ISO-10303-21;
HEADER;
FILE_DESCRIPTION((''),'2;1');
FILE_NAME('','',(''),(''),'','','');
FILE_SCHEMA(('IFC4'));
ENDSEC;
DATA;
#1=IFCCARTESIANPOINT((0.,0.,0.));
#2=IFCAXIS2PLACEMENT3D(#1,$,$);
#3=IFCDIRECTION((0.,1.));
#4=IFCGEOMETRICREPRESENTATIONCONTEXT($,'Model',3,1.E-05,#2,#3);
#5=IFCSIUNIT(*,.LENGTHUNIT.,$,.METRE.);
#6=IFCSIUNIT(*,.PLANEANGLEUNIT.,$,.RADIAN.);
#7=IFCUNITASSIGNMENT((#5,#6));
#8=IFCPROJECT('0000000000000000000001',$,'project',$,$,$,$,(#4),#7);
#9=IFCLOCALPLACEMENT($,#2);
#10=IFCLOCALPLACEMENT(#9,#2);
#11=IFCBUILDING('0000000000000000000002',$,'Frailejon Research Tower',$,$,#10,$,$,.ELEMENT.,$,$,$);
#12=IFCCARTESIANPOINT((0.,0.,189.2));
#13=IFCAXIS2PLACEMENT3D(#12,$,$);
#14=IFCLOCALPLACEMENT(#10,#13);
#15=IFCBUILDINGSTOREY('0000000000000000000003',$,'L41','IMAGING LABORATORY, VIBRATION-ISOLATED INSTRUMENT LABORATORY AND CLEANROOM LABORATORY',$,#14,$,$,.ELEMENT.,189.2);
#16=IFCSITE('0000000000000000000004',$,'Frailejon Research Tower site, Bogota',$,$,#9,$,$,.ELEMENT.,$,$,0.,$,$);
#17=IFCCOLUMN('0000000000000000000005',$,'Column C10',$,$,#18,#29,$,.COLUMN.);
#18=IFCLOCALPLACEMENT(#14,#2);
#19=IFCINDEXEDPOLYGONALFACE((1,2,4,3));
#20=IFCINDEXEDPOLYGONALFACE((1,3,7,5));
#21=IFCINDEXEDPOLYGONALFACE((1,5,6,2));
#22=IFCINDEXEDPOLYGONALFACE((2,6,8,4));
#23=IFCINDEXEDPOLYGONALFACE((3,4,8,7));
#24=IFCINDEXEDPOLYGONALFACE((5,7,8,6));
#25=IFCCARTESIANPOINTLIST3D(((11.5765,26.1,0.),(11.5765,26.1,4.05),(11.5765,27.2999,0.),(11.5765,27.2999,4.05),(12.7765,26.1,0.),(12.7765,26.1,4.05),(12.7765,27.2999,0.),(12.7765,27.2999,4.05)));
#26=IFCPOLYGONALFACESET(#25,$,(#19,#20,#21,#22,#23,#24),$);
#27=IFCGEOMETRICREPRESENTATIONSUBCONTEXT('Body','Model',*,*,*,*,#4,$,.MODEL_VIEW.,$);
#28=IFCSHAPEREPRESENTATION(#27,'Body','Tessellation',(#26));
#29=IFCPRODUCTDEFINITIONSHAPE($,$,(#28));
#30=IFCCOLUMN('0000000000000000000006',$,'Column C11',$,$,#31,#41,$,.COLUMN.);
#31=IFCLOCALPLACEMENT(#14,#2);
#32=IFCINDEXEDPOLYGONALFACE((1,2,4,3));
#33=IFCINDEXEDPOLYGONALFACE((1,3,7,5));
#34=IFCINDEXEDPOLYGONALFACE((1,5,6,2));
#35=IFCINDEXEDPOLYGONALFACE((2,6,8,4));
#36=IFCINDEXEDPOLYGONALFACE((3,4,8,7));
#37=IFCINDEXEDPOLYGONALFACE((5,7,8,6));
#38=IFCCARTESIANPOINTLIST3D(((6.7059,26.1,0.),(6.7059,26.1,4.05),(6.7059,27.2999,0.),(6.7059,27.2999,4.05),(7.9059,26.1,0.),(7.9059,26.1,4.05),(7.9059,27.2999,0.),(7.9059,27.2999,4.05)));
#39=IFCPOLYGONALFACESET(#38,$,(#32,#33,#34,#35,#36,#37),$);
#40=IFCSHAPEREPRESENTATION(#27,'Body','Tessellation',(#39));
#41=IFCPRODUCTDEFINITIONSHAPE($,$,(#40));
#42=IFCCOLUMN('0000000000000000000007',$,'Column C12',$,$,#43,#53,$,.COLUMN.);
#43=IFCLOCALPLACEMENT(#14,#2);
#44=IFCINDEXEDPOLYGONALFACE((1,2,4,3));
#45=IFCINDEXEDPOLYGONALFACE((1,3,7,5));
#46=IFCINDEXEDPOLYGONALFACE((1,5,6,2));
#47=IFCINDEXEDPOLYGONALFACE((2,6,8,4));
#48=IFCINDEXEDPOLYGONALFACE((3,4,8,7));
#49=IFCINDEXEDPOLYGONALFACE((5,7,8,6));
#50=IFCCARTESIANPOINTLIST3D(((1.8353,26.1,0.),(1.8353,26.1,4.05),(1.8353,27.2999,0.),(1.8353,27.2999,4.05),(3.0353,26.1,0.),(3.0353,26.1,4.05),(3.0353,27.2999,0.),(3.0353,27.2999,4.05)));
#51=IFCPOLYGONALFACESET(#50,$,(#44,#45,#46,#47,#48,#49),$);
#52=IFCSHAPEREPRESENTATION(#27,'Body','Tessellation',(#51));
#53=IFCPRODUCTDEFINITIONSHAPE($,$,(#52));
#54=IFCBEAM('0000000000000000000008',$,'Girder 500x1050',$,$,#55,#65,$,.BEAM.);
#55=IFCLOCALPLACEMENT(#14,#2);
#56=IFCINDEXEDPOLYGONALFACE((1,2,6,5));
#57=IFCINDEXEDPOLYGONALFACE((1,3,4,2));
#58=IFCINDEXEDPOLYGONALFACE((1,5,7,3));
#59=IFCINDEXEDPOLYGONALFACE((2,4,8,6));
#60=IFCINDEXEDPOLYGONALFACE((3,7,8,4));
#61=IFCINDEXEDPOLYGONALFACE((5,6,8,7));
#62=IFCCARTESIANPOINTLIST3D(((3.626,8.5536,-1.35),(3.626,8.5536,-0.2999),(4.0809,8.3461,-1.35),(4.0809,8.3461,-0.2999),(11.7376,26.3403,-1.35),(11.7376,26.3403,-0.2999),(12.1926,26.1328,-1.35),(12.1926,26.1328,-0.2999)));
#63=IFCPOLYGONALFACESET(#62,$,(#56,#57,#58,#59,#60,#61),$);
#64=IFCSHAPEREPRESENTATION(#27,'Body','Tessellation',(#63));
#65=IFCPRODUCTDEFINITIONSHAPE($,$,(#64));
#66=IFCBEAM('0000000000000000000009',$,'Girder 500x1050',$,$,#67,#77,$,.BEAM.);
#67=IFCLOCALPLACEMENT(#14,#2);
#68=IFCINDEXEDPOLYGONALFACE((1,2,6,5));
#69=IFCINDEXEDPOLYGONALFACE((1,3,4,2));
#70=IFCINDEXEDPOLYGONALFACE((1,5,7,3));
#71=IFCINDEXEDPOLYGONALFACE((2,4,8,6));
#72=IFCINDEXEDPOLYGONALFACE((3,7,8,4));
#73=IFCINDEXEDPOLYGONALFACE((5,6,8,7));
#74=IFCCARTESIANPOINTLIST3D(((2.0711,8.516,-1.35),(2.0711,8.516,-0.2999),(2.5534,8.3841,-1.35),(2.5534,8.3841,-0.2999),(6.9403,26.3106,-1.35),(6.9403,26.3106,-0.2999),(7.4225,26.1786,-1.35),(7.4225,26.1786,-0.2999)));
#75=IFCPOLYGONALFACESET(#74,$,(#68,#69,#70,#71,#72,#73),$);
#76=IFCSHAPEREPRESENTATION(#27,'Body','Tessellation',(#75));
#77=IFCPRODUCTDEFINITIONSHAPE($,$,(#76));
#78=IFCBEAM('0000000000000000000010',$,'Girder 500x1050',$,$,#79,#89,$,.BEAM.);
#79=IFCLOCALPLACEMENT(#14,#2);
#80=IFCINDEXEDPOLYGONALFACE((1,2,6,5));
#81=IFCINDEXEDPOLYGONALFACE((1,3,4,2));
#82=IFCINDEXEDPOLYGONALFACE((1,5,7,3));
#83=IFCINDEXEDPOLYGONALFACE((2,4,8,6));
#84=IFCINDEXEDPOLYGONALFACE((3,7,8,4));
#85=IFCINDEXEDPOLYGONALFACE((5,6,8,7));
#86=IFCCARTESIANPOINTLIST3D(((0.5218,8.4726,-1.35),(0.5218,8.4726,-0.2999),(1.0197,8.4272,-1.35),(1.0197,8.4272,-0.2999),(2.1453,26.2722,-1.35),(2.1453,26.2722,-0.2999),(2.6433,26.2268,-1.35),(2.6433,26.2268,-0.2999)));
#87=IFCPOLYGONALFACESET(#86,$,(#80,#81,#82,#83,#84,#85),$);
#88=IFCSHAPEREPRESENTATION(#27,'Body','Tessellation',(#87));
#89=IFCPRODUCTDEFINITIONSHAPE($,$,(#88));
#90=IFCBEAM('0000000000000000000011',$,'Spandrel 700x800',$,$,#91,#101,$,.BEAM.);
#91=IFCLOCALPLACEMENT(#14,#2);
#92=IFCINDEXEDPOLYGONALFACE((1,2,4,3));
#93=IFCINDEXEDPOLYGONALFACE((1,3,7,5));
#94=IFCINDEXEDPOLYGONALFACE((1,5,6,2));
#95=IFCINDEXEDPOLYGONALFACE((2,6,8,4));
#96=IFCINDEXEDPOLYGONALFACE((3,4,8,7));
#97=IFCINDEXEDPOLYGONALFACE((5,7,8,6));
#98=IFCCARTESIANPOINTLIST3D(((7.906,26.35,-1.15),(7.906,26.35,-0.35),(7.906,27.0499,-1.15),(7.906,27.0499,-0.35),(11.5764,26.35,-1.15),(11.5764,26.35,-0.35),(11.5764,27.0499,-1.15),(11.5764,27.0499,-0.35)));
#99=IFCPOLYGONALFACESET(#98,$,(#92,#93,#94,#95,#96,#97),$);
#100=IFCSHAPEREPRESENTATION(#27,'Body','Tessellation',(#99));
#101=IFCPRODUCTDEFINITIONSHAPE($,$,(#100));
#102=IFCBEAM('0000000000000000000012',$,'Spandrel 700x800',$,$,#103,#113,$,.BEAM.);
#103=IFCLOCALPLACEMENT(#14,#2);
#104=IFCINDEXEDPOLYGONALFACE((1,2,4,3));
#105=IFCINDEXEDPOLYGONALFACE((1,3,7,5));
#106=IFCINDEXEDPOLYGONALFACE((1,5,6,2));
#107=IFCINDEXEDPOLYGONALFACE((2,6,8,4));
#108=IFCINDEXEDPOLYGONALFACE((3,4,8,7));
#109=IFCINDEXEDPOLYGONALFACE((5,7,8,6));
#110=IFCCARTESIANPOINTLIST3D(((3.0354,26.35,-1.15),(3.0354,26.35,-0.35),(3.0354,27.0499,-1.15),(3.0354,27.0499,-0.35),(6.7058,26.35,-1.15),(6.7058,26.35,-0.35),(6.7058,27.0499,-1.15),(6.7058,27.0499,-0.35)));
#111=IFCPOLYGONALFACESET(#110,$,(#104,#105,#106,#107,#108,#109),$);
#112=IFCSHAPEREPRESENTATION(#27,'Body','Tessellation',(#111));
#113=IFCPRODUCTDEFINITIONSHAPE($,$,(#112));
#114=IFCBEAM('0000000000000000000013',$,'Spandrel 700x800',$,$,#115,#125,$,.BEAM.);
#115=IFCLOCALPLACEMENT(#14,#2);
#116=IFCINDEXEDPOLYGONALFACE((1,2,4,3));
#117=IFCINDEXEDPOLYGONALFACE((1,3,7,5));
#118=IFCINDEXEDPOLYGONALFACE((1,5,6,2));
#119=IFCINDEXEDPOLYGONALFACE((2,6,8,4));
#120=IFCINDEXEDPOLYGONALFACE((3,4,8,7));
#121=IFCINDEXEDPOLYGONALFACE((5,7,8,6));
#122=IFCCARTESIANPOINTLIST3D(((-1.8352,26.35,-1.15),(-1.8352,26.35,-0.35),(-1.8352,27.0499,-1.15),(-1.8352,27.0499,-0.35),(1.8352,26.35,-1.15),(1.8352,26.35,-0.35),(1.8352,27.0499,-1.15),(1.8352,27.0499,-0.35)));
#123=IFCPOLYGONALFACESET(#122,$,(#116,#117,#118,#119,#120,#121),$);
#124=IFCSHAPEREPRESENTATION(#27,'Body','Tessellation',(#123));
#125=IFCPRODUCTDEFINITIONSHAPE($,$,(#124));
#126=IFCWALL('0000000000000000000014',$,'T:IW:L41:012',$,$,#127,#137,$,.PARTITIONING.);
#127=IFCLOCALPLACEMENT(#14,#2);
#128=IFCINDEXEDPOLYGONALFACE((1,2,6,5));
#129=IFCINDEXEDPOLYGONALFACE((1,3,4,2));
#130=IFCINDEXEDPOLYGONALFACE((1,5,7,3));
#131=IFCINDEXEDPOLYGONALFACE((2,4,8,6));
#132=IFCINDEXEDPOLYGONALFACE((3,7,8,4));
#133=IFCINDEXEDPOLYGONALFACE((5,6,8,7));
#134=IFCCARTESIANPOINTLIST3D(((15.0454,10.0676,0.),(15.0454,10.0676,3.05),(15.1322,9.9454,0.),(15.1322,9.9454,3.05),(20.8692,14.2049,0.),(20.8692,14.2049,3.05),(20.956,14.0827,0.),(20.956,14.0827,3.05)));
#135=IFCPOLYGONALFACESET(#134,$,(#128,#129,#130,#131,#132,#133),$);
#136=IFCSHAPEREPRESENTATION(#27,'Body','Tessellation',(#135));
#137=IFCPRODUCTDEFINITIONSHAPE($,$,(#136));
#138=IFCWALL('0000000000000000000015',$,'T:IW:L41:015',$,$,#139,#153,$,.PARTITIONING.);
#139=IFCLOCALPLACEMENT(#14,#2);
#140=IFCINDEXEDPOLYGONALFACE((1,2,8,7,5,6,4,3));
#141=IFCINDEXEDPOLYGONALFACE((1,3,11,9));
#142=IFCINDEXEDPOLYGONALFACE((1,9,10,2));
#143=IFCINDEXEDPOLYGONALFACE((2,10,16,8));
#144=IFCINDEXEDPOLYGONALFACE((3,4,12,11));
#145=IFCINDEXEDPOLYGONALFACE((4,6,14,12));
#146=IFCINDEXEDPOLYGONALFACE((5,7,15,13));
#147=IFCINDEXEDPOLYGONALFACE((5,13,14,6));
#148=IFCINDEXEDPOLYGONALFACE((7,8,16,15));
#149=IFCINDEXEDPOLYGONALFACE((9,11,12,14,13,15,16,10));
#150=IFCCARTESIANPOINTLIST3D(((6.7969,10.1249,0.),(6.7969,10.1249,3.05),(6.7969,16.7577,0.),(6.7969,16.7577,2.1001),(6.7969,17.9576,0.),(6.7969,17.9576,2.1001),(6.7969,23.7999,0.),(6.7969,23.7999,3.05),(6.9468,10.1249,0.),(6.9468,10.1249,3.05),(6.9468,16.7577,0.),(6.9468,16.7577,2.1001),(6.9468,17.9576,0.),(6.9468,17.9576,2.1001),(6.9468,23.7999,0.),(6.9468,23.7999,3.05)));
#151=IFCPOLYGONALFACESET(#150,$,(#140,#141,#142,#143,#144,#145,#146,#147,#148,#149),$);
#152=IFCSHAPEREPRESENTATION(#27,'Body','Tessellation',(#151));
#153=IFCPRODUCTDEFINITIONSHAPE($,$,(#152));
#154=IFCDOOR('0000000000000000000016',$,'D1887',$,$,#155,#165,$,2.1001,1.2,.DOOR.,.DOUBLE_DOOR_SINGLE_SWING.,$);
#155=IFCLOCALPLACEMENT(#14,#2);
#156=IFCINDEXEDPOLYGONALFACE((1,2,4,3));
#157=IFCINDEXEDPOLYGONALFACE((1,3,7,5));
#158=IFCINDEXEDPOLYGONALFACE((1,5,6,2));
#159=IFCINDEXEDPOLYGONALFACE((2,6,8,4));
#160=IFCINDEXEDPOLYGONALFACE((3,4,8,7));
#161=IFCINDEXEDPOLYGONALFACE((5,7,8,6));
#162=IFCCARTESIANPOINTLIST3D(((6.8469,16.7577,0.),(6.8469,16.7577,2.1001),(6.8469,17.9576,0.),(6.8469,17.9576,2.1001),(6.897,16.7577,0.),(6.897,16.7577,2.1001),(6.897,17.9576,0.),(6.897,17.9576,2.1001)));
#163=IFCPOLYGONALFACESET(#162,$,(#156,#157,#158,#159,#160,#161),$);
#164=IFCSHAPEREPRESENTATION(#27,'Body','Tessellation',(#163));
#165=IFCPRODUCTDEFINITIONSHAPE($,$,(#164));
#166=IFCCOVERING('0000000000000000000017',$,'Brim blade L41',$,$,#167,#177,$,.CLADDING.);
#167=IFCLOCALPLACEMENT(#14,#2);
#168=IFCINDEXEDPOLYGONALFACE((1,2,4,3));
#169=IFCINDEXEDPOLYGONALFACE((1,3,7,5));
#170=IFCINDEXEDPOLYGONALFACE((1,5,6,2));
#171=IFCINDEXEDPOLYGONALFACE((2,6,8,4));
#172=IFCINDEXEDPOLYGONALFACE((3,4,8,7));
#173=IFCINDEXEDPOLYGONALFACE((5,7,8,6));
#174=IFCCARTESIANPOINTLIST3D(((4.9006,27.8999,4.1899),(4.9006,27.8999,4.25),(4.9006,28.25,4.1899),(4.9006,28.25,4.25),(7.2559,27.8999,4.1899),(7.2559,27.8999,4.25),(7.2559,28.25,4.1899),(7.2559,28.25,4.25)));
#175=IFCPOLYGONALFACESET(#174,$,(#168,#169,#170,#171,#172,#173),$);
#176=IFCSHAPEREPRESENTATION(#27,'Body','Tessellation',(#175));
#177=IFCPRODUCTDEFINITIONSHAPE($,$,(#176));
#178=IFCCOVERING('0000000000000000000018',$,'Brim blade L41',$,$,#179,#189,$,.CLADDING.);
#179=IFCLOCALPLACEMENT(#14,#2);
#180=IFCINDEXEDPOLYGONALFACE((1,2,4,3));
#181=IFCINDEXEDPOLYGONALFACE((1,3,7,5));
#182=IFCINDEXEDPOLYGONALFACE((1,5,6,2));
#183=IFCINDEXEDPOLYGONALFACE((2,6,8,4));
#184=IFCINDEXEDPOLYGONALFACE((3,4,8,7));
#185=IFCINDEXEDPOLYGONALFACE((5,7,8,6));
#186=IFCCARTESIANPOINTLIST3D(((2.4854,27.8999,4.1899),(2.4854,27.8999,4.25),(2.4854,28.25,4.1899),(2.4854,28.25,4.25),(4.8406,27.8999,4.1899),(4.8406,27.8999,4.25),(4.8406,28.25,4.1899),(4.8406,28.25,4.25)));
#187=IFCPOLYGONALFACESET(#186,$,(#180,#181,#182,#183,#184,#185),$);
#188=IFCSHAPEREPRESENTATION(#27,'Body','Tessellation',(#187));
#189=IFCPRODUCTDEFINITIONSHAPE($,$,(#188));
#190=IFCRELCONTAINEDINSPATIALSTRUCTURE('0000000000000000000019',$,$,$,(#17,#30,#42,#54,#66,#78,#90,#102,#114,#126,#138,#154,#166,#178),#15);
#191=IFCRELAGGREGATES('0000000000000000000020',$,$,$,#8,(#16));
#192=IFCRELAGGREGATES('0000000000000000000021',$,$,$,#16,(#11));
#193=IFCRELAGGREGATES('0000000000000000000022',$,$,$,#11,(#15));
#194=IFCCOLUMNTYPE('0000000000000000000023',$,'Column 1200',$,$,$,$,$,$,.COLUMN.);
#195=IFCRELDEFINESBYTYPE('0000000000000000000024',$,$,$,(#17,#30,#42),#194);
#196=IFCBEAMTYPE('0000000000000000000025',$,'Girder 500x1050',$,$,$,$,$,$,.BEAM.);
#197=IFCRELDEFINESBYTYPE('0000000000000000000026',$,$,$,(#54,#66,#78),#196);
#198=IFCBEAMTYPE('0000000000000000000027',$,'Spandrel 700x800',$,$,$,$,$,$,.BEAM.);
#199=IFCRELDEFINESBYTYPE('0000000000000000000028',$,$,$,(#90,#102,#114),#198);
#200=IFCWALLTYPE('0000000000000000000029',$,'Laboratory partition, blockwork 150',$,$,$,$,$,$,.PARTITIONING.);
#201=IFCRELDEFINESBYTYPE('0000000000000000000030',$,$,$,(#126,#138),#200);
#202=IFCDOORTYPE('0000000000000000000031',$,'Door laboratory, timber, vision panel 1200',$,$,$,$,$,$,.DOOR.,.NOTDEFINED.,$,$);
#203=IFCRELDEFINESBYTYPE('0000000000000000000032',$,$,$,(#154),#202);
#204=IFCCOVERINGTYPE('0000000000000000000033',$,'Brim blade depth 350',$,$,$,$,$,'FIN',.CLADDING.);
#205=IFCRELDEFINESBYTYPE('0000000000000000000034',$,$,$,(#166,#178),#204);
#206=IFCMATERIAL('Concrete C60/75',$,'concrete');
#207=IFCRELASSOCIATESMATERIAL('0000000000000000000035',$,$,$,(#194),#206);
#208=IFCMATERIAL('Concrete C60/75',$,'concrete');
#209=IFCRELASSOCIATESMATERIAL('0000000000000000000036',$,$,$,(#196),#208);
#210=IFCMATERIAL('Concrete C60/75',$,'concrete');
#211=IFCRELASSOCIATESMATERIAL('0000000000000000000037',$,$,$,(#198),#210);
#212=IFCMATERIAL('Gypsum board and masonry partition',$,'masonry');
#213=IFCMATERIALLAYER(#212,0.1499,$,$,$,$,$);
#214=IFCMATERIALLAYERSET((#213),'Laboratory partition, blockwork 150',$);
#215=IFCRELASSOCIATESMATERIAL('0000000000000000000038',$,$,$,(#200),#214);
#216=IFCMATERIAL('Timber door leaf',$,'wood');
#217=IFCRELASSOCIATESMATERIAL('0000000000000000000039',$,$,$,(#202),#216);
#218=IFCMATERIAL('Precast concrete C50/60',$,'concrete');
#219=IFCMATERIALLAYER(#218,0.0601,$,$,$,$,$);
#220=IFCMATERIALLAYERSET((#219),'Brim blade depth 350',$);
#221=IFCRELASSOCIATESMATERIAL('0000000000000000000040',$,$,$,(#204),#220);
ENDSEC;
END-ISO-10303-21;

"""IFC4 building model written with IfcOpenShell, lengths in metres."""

from ifc_helpers import new_model, si_unit, direction, frame, frame_2d, origin, origin_2d, place, context, subcontext, project, spatial, polyline, rectangle, outline, extrude, material, layer, layer_set, material_profile, profile_set, type_object, element, fill, save


model = new_model("IFC4")

# Units and contexts
model_context = context("Model", 3, precision=1e-05, world=origin(), true_north=direction((0.0, 1.0)))
body_context = subcontext(model_context, "Body", "Model", "MODEL_VIEW")
ifc_project = project(units=[si_unit("LENGTHUNIT", "METRE"), si_unit("PLANEANGLEUNIT", "RADIAN")], contexts=[model_context])

# Site, building, storey
site_placement = place(None, origin())
site = spatial("IfcSite", under=ifc_project, at=site_placement, Name="Frailejon Research Tower site, Bogota", CompositionType="ELEMENT", RefElevation=0.0)
building_placement = place(site_placement, origin())
building = spatial("IfcBuilding", under=site, at=building_placement, Name="Frailejon Research Tower", CompositionType="ELEMENT")
storey_placement = place(building_placement, frame((0.0, 0.0, 189.2)))
storey = spatial("IfcBuildingStorey", under=building, at=storey_placement, Name="L41", Description="IMAGING LABORATORY, VIBRATION-ISOLATED INSTRUMENT LABORATORY AND CLEANROOM LABORATORY", CompositionType="ELEMENT", Elevation=189.2)

# Columns
ifc_material_1 = material(Name="Concrete C60/75", Category="concrete")
ifc_material_profile_1 = material_profile(ifc_material_1, rectangle(XDim=1.2, YDim=1.2, at=origin_2d()), Name="Column 1200")
ifc_profile_set_1 = profile_set([ifc_material_profile_1], Name="Concrete C60/75")
column_type = type_object("IfcColumnType", Name="Column 1200", PredefinedType="COLUMN", material=ifc_profile_set_1)
for number, where, z_axis, x_axis, name in (
    (1, (12.1765, 26.7, 0.0), (0.0, 0.0, 1.0), (-1.0, 0.0, 0.0), "Column C10"),
    (2, (7.3059, 26.7, 0.0), (0.0, 0.0, 1.0), (-1.0, 0.0, 0.0), "Column C11"),
    (3, (2.4353, 26.7, 0.0), (0.0, 0.0, 1.0), (-1.0, 0.0, 0.0), "Column C12"),
):
    element("IfcColumn", number, at=place(storey_placement, frame(where, z_axis=z_axis, x_axis=x_axis)), inside=storey, type_object=column_type, Name=name, PredefinedType="COLUMN", context=body_context, shape_type="SweptSolid", body=[
        extrude(rectangle(XDim=1.2, YDim=1.2, at=origin_2d()), origin(), (0.0, 0.0, 1.0), 4.05),
    ])

# Beams
ifc_material_2 = material(Name="Concrete C60/75", Category="concrete")
ifc_material_profile_2 = material_profile(ifc_material_2, rectangle(XDim=0.5, YDim=1.05, at=origin_2d()), Name="Girder 500x1050")
ifc_profile_set_2 = profile_set([ifc_material_profile_2], Name="Concrete C60/75")
beam_type_1 = type_object("IfcBeamType", Name="Girder 500x1050", PredefinedType="BEAM", material=ifc_profile_set_2)
beam_1_placement = place(storey_placement, frame((11.9651, 26.2366, -0.825), z_axis=(-0.414936, -0.90985, 0.0), x_axis=(0.90985, -0.414936, 0.0)))
element("IfcBeam", 4, at=beam_1_placement, inside=storey, type_object=beam_type_1, Name="Girder 500x1050", PredefinedType="BEAM", context=body_context, shape_type="SweptSolid", body=[
    extrude(rectangle(XDim=0.5, YDim=1.05, at=origin_2d()), origin(), (0.0, 0.0, 1.0), 19.5491),
])
beam_2_placement = place(storey_placement, frame((7.1814, 26.2446, -0.825), z_axis=(-0.263927, -0.964543, 0.0), x_axis=(0.964543, -0.263927, 0.0)))
element("IfcBeam", 5, at=beam_2_placement, inside=storey, type_object=beam_type_1, Name="Girder 500x1050", PredefinedType="BEAM", context=body_context, shape_type="SweptSolid", body=[
    extrude(rectangle(XDim=0.5, YDim=1.05, at=origin_2d()), origin(), (0.0, 0.0, 1.0), 18.4487),
])
beam_3_placement = place(storey_placement, frame((2.3943, 26.2495, -0.825), z_axis=(-0.090835, -0.995866, 0.0), x_axis=(0.995866, -0.090835, 0.0)))
element("IfcBeam", 6, at=beam_3_placement, inside=storey, type_object=beam_type_1, Name="Girder 500x1050", PredefinedType="BEAM", context=body_context, shape_type="SweptSolid", body=[
    extrude(rectangle(XDim=0.5, YDim=1.05, at=origin_2d()), origin(), (0.0, 0.0, 1.0), 17.8735),
])
ifc_material_3 = material(Name="Concrete C60/75", Category="concrete")
ifc_material_profile_3 = material_profile(ifc_material_3, rectangle(XDim=0.7, YDim=0.8, at=origin_2d()), Name="Spandrel 700x800")
ifc_profile_set_3 = profile_set([ifc_material_profile_3], Name="Concrete C60/75")
beam_type_2 = type_object("IfcBeamType", Name="Spandrel 700x800", PredefinedType="BEAM", material=ifc_profile_set_3)
for number, where, z_axis, x_axis, name in (
    (7, (11.5764, 26.7, -0.75), (-1.0, 0.0, 0.0), (0.0, -1.0, 0.0), "Spandrel 700x800"),
    (8, (6.7058, 26.7, -0.75), (-1.0, 0.0, 0.0), (0.0, -1.0, 0.0), "Spandrel 700x800"),
    (9, (1.8352, 26.7, -0.75), (-1.0, 0.0, 0.0), (0.0, -1.0, 0.0), "Spandrel 700x800"),
):
    element("IfcBeam", number, at=place(storey_placement, frame(where, z_axis=z_axis, x_axis=x_axis)), inside=storey, type_object=beam_type_2, Name=name, PredefinedType="BEAM", context=body_context, shape_type="SweptSolid", body=[
        extrude(rectangle(XDim=0.7, YDim=0.8, at=origin_2d()), origin(), (0.0, 0.0, 1.0), 3.6704),
    ])

# Wall
ifc_material_4 = material(Name="Gypsum board and masonry partition", Category="masonry")
ifc_layer_1 = layer(ifc_material_4, 0.1499)
ifc_layer_set_1 = layer_set([ifc_layer_1], Name="Laboratory partition, blockwork 150")
wall_type_1 = type_object("IfcWallType", Name="Laboratory partition, blockwork 150", PredefinedType="PARTITIONING", material=ifc_layer_set_1)
wall_1_placement = place(storey_placement, frame((15.0889, 10.0066, 0.0), z_axis=(0.0, 0.0, 1.0), x_axis=(0.815227, 0.579141, 0.0)))
element("IfcWall", 10, at=wall_1_placement, inside=storey, type_object=wall_type_1, Name="T:IW:L41:012", PredefinedType="PARTITIONING", context=body_context, shape_type="SweptSolid", body=[
    extrude(rectangle(XDim=7.1438, YDim=0.1499, at=frame_2d((3.5718, 0.0))), origin(), (0.0, 0.0, 1.0), 3.05),
])

# Wall, opening, door
wall_2_placement = place(storey_placement, frame((6.8718, 10.125, 0.0), z_axis=(0.0, 0.0, 1.0), x_axis=(0.0, 1.0, 0.0)))
wall_2 = element("IfcWall", 11, at=wall_2_placement, inside=storey, type_object=wall_type_1, Name="T:IW:L41:015", PredefinedType="PARTITIONING", context=body_context, shape_type="SweptSolid", body=[
    extrude(rectangle(XDim=13.675, YDim=0.1499, at=frame_2d((6.8374, 0.0))), origin(), (0.0, 0.0, 1.0), 3.05),
])
opening_1_placement = place(wall_2_placement, frame((6.6326, 0.0, 0.0)))
opening_1 = element("IfcOpeningElement", 12, at=opening_1_placement, cuts=wall_2, PredefinedType="OPENING", context=body_context, shape_type="SweptSolid", body=[
    extrude(rectangle(XDim=1.2, YDim=2.1001, at=frame_2d((0.6001, 1.05))), frame((0.0, 0.085, 0.0), z_axis=(0.0, -1.0, 0.0), x_axis=(1.0, 0.0, 0.0)), (0.0, 0.0, 1.0), 0.1699),
])
ifc_material_5 = material(Name="Timber door leaf", Category="wood")
door_type_1 = type_object("IfcDoorType", Name="Door laboratory, timber, vision panel 1200", OperationType="NOTDEFINED", PredefinedType="DOOR", material=ifc_material_5)
door_1_placement = place(opening_1_placement, origin())
door_1 = element("IfcDoor", 13, at=door_1_placement, inside=storey, type_object=door_type_1, Name="D1887", OperationType="DOUBLE_DOOR_SINGLE_SWING", OverallHeight=2.1001, OverallWidth=1.2, PredefinedType="DOOR", context=body_context, shape_type="SweptSolid", body=[
    extrude(rectangle(XDim=1.2, YDim=2.1001, at=frame_2d((0.6001, 1.05))), frame((0.0, 0.0249, 0.0), z_axis=(0.0, -1.0, 0.0), x_axis=(1.0, 0.0, 0.0)), (0.0, 0.0, 1.0), 0.05),
])
fill(opening_1, door_1)

# Coverings
ifc_material_6 = material(Name="Precast concrete C50/60", Category="concrete")
ifc_layer_2 = layer(ifc_material_6, 0.0601)
ifc_layer_set_2 = layer_set([ifc_layer_2], Name="Brim blade depth 350")
covering_type_1 = type_object("IfcCoveringType", Name="Brim blade depth 350", ElementType="FIN", PredefinedType="CLADDING", material=ifc_layer_set_2)
for number, where, z_axis, x_axis, name in (
    (14, (4.9006, 27.8999, 4.25), (1.0, 0.0, 0.0), (0.0, 1.0, 0.0), "Brim blade L41"),
    (15, (2.4854, 27.8999, 4.25), (1.0, 0.0, 0.0), (0.0, 1.0, 0.0), "Brim blade L41"),
):
    element("IfcCovering", number, at=place(storey_placement, frame(where, z_axis=z_axis, x_axis=x_axis)), inside=storey, type_object=covering_type_1, Name=name, PredefinedType="CLADDING", context=body_context, shape_type="SweptSolid", body=[
        extrude(outline(polyline([(0.0, -0.0601), (0.3501, -0.0601), (0.3501, 0.0), (0.0, 0.0), (0.0, -0.0601)])), origin(), (0.0, 0.0, 1.0), 2.3552),
    ])

save(model, "model.ifc")
